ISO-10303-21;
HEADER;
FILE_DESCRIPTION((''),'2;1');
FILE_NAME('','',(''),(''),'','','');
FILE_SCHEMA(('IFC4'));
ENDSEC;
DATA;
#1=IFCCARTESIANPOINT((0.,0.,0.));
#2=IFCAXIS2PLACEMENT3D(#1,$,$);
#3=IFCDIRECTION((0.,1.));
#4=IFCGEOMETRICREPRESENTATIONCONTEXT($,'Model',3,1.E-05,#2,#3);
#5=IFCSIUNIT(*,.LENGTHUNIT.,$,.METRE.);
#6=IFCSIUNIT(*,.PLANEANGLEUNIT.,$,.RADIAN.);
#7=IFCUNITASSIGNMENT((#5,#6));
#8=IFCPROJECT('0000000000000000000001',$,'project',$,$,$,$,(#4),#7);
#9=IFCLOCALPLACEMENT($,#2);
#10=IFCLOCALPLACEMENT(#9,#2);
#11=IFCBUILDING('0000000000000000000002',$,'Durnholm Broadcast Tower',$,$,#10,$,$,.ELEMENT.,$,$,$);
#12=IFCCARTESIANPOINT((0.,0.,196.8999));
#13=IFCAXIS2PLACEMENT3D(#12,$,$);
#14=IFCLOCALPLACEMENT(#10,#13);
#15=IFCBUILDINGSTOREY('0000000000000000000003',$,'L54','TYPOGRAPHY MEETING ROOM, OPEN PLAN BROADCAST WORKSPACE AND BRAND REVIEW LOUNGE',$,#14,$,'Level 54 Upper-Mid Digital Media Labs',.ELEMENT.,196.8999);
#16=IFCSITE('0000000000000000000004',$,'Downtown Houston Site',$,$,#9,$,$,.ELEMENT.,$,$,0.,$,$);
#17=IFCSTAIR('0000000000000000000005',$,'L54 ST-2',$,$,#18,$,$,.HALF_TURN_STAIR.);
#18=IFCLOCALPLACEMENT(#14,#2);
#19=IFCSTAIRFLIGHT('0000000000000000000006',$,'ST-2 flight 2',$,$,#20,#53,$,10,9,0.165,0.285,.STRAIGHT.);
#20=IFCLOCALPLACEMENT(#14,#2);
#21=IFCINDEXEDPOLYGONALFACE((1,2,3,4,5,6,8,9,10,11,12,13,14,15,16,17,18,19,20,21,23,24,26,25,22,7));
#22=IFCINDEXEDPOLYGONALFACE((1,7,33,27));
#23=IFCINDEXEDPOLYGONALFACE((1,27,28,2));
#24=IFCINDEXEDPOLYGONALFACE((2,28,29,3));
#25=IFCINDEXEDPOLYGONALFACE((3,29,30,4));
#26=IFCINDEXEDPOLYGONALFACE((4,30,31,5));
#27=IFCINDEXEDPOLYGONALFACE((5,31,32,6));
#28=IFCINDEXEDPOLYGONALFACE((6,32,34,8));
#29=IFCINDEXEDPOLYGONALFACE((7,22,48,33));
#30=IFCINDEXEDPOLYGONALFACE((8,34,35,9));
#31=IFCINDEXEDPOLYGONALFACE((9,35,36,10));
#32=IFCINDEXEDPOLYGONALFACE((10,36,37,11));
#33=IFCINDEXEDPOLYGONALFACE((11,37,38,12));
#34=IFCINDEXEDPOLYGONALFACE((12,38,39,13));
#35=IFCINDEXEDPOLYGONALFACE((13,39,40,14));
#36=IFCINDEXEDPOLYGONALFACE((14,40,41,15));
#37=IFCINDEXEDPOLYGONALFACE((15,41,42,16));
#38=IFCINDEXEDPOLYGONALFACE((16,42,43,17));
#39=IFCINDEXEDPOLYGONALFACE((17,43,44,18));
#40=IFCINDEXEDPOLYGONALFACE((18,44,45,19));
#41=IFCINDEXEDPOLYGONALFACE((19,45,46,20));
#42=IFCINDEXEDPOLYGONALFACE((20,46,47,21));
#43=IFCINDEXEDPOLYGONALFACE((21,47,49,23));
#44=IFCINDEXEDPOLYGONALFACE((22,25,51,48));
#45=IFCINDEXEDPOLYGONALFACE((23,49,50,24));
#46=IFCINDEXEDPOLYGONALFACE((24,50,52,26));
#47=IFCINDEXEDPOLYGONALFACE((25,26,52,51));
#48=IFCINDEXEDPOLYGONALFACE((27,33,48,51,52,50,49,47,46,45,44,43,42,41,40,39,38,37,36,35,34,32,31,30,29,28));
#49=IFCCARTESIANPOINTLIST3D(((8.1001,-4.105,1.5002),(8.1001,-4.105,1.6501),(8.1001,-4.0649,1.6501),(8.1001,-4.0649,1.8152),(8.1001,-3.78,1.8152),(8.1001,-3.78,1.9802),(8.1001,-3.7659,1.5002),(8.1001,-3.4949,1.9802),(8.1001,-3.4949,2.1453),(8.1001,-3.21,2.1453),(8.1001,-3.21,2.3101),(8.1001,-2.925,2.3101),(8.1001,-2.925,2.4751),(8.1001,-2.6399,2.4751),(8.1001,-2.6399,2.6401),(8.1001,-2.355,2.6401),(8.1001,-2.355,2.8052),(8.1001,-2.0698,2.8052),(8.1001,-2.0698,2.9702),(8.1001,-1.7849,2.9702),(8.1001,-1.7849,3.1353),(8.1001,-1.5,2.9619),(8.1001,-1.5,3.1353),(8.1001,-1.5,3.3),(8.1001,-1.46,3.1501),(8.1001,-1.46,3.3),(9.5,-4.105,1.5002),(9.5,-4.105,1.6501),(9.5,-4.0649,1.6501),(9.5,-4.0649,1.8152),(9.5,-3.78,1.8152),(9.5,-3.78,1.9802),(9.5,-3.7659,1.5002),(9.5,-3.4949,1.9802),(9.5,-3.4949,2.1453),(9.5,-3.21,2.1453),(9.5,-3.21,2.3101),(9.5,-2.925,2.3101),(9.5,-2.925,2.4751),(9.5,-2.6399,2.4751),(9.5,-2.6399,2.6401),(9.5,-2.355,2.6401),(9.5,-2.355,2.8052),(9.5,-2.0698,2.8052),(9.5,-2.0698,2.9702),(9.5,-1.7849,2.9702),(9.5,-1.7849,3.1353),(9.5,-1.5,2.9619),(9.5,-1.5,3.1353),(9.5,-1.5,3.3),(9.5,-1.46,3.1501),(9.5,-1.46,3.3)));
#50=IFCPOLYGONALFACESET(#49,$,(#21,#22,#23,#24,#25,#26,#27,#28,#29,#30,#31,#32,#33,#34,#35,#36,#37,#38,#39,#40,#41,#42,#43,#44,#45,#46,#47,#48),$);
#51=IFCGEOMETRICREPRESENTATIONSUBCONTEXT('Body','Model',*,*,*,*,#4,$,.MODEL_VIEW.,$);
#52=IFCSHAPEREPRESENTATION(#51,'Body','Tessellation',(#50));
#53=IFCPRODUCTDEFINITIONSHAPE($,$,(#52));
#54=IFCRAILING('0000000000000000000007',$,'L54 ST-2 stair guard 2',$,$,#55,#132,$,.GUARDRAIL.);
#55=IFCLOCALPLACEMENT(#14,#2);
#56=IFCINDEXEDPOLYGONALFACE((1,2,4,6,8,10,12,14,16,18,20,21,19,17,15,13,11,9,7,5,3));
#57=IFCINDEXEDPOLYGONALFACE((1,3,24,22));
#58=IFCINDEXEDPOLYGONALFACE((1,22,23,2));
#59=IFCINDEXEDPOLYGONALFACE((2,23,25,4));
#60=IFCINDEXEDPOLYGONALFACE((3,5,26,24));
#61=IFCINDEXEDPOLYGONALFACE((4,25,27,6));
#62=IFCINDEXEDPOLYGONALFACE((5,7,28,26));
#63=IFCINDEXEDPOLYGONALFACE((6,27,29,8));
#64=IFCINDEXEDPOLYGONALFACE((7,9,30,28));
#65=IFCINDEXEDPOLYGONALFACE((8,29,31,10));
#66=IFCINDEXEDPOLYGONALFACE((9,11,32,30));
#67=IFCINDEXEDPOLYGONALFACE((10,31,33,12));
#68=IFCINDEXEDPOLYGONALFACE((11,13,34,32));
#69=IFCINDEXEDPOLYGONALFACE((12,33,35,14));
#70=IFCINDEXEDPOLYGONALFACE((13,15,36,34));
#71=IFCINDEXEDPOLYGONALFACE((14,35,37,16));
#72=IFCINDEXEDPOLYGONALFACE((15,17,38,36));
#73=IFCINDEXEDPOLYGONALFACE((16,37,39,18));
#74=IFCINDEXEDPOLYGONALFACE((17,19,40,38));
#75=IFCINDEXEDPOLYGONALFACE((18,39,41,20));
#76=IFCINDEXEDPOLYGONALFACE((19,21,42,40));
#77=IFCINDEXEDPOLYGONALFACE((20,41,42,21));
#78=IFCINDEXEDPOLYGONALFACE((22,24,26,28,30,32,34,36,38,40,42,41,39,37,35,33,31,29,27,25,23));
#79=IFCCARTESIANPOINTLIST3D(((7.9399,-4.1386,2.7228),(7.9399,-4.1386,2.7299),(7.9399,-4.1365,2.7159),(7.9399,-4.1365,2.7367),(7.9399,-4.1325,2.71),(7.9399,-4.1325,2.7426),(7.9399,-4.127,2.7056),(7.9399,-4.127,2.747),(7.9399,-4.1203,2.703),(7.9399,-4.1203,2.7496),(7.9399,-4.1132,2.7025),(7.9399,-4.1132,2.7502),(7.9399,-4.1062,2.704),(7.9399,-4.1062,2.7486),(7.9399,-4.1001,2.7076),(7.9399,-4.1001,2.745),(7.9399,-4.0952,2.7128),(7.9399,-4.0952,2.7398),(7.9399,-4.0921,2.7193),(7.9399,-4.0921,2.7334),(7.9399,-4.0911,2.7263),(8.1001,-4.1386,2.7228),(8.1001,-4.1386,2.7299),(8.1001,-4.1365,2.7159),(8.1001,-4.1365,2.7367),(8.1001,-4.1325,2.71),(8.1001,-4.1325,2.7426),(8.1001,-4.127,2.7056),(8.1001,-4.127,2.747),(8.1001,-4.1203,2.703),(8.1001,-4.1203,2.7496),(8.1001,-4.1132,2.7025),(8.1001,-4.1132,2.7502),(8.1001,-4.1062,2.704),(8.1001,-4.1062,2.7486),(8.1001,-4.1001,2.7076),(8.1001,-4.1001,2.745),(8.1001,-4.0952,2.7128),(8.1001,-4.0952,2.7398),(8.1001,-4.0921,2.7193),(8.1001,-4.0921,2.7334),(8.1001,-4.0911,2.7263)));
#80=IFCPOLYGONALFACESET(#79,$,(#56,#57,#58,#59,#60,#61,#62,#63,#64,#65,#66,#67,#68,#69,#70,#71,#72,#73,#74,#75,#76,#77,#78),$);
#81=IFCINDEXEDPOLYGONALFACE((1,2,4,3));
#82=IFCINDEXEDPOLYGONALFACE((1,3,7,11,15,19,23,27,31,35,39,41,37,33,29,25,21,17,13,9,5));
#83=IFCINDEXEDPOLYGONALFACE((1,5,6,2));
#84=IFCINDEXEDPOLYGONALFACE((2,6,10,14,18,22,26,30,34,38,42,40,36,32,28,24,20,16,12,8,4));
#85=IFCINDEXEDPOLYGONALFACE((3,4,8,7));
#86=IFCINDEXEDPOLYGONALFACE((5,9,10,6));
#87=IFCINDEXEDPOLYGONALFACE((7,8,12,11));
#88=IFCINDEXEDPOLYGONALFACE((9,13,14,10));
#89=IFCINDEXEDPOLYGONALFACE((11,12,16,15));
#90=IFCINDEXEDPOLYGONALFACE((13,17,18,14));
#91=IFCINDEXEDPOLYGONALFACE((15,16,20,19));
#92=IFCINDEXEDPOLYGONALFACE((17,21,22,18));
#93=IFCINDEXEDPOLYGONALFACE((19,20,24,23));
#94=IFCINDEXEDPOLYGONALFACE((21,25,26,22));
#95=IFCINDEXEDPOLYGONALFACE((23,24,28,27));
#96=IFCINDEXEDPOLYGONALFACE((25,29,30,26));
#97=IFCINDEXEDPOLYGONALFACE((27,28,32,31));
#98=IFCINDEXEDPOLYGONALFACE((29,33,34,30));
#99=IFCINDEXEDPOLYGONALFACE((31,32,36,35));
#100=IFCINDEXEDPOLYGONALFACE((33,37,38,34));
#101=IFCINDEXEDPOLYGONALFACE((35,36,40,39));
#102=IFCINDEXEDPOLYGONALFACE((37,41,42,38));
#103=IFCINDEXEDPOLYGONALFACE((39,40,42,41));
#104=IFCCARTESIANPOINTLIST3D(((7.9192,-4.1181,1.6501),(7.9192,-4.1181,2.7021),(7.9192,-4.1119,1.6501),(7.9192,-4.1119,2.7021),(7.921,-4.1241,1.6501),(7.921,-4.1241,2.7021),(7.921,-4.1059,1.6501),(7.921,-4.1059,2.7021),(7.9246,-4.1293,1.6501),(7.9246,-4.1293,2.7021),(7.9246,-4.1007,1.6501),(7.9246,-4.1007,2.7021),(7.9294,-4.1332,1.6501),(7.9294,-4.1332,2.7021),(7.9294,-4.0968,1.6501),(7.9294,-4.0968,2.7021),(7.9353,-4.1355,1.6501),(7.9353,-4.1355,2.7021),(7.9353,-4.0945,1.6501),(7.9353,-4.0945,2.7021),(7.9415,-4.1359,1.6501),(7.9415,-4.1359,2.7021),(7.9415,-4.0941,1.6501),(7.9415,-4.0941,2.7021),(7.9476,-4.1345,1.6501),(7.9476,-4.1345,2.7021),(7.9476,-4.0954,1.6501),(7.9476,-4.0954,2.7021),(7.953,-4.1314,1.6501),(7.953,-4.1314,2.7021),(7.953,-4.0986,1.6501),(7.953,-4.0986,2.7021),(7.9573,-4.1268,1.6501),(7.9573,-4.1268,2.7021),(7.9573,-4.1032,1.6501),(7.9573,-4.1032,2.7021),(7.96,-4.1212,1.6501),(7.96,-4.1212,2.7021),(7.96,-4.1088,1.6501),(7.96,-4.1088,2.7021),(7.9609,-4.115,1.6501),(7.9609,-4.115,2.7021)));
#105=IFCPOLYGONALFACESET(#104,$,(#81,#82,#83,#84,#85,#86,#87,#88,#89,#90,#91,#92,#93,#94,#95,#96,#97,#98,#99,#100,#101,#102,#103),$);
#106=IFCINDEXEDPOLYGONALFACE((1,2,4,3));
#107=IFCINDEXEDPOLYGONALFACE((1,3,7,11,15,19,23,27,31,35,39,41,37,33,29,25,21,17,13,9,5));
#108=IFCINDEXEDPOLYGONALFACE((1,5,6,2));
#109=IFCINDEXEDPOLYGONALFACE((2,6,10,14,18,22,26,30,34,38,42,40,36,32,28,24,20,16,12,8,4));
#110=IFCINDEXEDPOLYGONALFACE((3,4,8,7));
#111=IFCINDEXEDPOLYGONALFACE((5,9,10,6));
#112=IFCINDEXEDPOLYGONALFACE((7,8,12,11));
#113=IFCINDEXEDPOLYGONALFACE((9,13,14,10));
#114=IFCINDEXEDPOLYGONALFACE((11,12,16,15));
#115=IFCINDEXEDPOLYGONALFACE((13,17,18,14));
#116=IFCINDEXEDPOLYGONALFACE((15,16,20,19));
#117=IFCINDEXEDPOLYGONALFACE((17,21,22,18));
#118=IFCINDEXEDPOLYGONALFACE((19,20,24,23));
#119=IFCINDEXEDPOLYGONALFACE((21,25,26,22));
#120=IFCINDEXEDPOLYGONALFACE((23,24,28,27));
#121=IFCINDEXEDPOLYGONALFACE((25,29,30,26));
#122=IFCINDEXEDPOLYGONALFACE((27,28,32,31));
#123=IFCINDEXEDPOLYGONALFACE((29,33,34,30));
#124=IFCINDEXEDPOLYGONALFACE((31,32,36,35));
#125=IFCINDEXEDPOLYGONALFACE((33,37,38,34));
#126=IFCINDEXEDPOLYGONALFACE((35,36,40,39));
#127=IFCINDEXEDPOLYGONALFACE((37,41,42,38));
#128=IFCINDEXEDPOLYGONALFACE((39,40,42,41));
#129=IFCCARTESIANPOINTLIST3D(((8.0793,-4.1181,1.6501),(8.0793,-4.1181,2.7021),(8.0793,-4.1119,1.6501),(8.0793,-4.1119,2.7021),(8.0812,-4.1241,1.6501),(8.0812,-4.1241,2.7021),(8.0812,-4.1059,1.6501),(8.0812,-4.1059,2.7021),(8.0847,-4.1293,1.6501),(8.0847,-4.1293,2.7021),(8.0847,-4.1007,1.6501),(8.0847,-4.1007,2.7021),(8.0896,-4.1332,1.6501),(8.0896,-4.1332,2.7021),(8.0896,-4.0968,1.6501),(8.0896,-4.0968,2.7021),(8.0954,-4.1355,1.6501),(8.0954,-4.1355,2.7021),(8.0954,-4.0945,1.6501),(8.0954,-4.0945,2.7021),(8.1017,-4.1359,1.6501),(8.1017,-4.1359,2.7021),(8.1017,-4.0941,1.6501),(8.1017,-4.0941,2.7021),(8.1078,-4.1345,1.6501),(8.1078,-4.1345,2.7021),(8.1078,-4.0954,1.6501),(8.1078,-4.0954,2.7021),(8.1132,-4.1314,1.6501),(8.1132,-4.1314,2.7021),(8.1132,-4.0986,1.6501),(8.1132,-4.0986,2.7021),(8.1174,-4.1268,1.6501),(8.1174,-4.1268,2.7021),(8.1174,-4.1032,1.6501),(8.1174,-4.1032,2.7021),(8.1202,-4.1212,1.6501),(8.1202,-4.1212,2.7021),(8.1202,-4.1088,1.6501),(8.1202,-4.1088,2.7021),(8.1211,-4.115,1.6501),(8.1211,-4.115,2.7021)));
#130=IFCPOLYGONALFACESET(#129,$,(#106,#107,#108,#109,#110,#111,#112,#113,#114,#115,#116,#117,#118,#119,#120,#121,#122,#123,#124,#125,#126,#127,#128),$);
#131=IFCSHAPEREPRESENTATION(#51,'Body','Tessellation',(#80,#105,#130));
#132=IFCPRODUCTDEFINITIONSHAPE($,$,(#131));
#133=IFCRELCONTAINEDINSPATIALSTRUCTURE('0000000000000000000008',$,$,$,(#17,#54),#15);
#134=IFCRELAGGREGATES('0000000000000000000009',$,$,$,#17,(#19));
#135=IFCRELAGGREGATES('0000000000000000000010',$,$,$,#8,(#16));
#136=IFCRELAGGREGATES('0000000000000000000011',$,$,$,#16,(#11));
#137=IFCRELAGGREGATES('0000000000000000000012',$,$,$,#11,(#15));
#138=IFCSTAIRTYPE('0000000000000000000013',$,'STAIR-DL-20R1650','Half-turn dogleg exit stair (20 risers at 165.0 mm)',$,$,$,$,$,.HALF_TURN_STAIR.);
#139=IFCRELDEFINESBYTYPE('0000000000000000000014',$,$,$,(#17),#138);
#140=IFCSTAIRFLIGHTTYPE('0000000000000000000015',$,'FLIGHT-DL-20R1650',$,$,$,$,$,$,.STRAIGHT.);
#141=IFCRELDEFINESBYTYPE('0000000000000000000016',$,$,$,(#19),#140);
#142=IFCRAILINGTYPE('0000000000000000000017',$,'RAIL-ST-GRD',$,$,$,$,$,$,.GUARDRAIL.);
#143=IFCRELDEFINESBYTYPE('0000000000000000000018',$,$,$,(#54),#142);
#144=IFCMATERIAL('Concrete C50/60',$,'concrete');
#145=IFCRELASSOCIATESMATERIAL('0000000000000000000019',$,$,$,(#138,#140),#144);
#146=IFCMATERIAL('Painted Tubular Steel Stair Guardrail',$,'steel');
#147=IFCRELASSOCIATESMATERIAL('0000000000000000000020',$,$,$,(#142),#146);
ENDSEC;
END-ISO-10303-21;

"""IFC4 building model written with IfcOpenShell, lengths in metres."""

from ifc_helpers import new_model, si_unit, direction, frame, origin, origin_2d, place, context, subcontext, project, spatial, polyline, circle, outline, extrude, material, type_object, element, aggregate, save


model = new_model("IFC4")

# Units and contexts
model_context = context("Model", 3, precision=1e-05, world=origin(), true_north=direction((0.0, 1.0)))
body_context = subcontext(model_context, "Body", "Model", "MODEL_VIEW")
ifc_project = project(units=[si_unit("LENGTHUNIT", "METRE"), si_unit("PLANEANGLEUNIT", "RADIAN")], contexts=[model_context])

# Site, building, storey
site_placement = place(None, origin())
site = spatial("IfcSite", under=ifc_project, at=site_placement, Name="Downtown Houston Site", CompositionType="ELEMENT", RefElevation=0.0)
building_placement = place(site_placement, origin())
building = spatial("IfcBuilding", under=site, at=building_placement, Name="Durnholm Broadcast Tower", CompositionType="ELEMENT")
storey_placement = place(building_placement, frame((0.0, 0.0, 196.8999)))
storey = spatial("IfcBuildingStorey", under=building, at=storey_placement, Name="L54", Description="TYPOGRAPHY MEETING ROOM, OPEN PLAN BROADCAST WORKSPACE AND BRAND REVIEW LOUNGE", LongName="Level 54 Upper-Mid Digital Media Labs", CompositionType="ELEMENT", Elevation=196.8999)

# Shared definitions
ifc_material_1 = material(Name="Concrete C50/60", Category="concrete")

# Stair, stair flight
stair_type = type_object("IfcStairType", Name="STAIR-DL-20R1650", Description="Half-turn dogleg exit stair (20 risers at 165.0 mm)", PredefinedType="HALF_TURN_STAIR", material=ifc_material_1)
stair_placement = place(storey_placement, origin())
stair = element("IfcStair", 1, at=stair_placement, inside=storey, type_object=stair_type, Name="L54 ST-2", PredefinedType="HALF_TURN_STAIR")
stair_flight_type = type_object("IfcStairFlightType", Name="FLIGHT-DL-20R1650", PredefinedType="STRAIGHT", material=ifc_material_1)
stair_flight_placement = place(storey_placement, frame((8.8, -4.0649, 1.6501), z_axis=(0.0, 0.0, 1.0), x_axis=(0.0, 1.0, 0.0)))
stair_flight = element("IfcStairFlight", 2, at=stair_flight_placement, type_object=stair_flight_type, Name="ST-2 flight 2", NumberOfRisers=10, NumberOfTreads=9, PredefinedType="STRAIGHT", RiserHeight=0.165, TreadLength=0.285, context=body_context, shape_type="SweptSolid", body=[
    extrude(outline(polyline([(-0.04, -0.1499), (-0.04, 0.0), (0.0, 0.0), (0.0, 0.165), (0.2849, 0.165), (0.2849, 0.3301), (0.5701, 0.3301), (0.5701, 0.4951), (0.855, 0.4951), (0.855, 0.6599), (1.1399, 0.6599), (1.1399, 0.825), (1.425, 0.825), (1.425, 0.99), (1.71, 0.99), (1.71, 1.155), (1.9951, 1.155), (1.9951, 1.3201), (2.28, 1.3201), (2.28, 1.4851), (2.5649, 1.4851), (2.5649, 1.6499), (2.605, 1.6499), (2.605, 1.5), (2.5649, 1.3118), (0.2991, -0.1499), (-0.04, -0.1499)])), frame((0.0, 0.7, 0.0), z_axis=(0.0, -1.0, 0.0), x_axis=(1.0, 0.0, 0.0)), (0.0, 0.0, 1.0), 1.3999),
])
aggregate(stair, [stair_flight])

# Railing
ifc_material_2 = material(Name="Painted Tubular Steel Stair Guardrail", Category="steel")
railing_type_1 = type_object("IfcRailingType", Name="RAIL-ST-GRD", PredefinedType="GUARDRAIL", material=ifc_material_2)
railing_1_placement = place(storey_placement, frame((7.9399, -4.115, 1.6501)))
element("IfcRailing", 3, at=railing_1_placement, inside=storey, type_object=railing_type_1, Name="L54 ST-2 stair guard 2", PredefinedType="GUARDRAIL", context=body_context, shape_type="SweptSolid", body=[
    extrude(circle(Radius=0.0239, at=origin_2d()), frame((0.0, 0.0, 1.0762), z_axis=(1.0, 0.0, 0.0), x_axis=(0.0, 1.0, 0.0)), (0.0, 0.0, 1.0), 0.1602),
    extrude(circle(Radius=0.021, at=origin_2d()), origin(), (0.0, 0.0, 1.0), 1.052),
    extrude(circle(Radius=0.021, at=origin_2d()), frame((0.1602, 0.0, 0.0)), (0.0, 0.0, 1.0), 1.052),
])

save(model, "model.ifc")
